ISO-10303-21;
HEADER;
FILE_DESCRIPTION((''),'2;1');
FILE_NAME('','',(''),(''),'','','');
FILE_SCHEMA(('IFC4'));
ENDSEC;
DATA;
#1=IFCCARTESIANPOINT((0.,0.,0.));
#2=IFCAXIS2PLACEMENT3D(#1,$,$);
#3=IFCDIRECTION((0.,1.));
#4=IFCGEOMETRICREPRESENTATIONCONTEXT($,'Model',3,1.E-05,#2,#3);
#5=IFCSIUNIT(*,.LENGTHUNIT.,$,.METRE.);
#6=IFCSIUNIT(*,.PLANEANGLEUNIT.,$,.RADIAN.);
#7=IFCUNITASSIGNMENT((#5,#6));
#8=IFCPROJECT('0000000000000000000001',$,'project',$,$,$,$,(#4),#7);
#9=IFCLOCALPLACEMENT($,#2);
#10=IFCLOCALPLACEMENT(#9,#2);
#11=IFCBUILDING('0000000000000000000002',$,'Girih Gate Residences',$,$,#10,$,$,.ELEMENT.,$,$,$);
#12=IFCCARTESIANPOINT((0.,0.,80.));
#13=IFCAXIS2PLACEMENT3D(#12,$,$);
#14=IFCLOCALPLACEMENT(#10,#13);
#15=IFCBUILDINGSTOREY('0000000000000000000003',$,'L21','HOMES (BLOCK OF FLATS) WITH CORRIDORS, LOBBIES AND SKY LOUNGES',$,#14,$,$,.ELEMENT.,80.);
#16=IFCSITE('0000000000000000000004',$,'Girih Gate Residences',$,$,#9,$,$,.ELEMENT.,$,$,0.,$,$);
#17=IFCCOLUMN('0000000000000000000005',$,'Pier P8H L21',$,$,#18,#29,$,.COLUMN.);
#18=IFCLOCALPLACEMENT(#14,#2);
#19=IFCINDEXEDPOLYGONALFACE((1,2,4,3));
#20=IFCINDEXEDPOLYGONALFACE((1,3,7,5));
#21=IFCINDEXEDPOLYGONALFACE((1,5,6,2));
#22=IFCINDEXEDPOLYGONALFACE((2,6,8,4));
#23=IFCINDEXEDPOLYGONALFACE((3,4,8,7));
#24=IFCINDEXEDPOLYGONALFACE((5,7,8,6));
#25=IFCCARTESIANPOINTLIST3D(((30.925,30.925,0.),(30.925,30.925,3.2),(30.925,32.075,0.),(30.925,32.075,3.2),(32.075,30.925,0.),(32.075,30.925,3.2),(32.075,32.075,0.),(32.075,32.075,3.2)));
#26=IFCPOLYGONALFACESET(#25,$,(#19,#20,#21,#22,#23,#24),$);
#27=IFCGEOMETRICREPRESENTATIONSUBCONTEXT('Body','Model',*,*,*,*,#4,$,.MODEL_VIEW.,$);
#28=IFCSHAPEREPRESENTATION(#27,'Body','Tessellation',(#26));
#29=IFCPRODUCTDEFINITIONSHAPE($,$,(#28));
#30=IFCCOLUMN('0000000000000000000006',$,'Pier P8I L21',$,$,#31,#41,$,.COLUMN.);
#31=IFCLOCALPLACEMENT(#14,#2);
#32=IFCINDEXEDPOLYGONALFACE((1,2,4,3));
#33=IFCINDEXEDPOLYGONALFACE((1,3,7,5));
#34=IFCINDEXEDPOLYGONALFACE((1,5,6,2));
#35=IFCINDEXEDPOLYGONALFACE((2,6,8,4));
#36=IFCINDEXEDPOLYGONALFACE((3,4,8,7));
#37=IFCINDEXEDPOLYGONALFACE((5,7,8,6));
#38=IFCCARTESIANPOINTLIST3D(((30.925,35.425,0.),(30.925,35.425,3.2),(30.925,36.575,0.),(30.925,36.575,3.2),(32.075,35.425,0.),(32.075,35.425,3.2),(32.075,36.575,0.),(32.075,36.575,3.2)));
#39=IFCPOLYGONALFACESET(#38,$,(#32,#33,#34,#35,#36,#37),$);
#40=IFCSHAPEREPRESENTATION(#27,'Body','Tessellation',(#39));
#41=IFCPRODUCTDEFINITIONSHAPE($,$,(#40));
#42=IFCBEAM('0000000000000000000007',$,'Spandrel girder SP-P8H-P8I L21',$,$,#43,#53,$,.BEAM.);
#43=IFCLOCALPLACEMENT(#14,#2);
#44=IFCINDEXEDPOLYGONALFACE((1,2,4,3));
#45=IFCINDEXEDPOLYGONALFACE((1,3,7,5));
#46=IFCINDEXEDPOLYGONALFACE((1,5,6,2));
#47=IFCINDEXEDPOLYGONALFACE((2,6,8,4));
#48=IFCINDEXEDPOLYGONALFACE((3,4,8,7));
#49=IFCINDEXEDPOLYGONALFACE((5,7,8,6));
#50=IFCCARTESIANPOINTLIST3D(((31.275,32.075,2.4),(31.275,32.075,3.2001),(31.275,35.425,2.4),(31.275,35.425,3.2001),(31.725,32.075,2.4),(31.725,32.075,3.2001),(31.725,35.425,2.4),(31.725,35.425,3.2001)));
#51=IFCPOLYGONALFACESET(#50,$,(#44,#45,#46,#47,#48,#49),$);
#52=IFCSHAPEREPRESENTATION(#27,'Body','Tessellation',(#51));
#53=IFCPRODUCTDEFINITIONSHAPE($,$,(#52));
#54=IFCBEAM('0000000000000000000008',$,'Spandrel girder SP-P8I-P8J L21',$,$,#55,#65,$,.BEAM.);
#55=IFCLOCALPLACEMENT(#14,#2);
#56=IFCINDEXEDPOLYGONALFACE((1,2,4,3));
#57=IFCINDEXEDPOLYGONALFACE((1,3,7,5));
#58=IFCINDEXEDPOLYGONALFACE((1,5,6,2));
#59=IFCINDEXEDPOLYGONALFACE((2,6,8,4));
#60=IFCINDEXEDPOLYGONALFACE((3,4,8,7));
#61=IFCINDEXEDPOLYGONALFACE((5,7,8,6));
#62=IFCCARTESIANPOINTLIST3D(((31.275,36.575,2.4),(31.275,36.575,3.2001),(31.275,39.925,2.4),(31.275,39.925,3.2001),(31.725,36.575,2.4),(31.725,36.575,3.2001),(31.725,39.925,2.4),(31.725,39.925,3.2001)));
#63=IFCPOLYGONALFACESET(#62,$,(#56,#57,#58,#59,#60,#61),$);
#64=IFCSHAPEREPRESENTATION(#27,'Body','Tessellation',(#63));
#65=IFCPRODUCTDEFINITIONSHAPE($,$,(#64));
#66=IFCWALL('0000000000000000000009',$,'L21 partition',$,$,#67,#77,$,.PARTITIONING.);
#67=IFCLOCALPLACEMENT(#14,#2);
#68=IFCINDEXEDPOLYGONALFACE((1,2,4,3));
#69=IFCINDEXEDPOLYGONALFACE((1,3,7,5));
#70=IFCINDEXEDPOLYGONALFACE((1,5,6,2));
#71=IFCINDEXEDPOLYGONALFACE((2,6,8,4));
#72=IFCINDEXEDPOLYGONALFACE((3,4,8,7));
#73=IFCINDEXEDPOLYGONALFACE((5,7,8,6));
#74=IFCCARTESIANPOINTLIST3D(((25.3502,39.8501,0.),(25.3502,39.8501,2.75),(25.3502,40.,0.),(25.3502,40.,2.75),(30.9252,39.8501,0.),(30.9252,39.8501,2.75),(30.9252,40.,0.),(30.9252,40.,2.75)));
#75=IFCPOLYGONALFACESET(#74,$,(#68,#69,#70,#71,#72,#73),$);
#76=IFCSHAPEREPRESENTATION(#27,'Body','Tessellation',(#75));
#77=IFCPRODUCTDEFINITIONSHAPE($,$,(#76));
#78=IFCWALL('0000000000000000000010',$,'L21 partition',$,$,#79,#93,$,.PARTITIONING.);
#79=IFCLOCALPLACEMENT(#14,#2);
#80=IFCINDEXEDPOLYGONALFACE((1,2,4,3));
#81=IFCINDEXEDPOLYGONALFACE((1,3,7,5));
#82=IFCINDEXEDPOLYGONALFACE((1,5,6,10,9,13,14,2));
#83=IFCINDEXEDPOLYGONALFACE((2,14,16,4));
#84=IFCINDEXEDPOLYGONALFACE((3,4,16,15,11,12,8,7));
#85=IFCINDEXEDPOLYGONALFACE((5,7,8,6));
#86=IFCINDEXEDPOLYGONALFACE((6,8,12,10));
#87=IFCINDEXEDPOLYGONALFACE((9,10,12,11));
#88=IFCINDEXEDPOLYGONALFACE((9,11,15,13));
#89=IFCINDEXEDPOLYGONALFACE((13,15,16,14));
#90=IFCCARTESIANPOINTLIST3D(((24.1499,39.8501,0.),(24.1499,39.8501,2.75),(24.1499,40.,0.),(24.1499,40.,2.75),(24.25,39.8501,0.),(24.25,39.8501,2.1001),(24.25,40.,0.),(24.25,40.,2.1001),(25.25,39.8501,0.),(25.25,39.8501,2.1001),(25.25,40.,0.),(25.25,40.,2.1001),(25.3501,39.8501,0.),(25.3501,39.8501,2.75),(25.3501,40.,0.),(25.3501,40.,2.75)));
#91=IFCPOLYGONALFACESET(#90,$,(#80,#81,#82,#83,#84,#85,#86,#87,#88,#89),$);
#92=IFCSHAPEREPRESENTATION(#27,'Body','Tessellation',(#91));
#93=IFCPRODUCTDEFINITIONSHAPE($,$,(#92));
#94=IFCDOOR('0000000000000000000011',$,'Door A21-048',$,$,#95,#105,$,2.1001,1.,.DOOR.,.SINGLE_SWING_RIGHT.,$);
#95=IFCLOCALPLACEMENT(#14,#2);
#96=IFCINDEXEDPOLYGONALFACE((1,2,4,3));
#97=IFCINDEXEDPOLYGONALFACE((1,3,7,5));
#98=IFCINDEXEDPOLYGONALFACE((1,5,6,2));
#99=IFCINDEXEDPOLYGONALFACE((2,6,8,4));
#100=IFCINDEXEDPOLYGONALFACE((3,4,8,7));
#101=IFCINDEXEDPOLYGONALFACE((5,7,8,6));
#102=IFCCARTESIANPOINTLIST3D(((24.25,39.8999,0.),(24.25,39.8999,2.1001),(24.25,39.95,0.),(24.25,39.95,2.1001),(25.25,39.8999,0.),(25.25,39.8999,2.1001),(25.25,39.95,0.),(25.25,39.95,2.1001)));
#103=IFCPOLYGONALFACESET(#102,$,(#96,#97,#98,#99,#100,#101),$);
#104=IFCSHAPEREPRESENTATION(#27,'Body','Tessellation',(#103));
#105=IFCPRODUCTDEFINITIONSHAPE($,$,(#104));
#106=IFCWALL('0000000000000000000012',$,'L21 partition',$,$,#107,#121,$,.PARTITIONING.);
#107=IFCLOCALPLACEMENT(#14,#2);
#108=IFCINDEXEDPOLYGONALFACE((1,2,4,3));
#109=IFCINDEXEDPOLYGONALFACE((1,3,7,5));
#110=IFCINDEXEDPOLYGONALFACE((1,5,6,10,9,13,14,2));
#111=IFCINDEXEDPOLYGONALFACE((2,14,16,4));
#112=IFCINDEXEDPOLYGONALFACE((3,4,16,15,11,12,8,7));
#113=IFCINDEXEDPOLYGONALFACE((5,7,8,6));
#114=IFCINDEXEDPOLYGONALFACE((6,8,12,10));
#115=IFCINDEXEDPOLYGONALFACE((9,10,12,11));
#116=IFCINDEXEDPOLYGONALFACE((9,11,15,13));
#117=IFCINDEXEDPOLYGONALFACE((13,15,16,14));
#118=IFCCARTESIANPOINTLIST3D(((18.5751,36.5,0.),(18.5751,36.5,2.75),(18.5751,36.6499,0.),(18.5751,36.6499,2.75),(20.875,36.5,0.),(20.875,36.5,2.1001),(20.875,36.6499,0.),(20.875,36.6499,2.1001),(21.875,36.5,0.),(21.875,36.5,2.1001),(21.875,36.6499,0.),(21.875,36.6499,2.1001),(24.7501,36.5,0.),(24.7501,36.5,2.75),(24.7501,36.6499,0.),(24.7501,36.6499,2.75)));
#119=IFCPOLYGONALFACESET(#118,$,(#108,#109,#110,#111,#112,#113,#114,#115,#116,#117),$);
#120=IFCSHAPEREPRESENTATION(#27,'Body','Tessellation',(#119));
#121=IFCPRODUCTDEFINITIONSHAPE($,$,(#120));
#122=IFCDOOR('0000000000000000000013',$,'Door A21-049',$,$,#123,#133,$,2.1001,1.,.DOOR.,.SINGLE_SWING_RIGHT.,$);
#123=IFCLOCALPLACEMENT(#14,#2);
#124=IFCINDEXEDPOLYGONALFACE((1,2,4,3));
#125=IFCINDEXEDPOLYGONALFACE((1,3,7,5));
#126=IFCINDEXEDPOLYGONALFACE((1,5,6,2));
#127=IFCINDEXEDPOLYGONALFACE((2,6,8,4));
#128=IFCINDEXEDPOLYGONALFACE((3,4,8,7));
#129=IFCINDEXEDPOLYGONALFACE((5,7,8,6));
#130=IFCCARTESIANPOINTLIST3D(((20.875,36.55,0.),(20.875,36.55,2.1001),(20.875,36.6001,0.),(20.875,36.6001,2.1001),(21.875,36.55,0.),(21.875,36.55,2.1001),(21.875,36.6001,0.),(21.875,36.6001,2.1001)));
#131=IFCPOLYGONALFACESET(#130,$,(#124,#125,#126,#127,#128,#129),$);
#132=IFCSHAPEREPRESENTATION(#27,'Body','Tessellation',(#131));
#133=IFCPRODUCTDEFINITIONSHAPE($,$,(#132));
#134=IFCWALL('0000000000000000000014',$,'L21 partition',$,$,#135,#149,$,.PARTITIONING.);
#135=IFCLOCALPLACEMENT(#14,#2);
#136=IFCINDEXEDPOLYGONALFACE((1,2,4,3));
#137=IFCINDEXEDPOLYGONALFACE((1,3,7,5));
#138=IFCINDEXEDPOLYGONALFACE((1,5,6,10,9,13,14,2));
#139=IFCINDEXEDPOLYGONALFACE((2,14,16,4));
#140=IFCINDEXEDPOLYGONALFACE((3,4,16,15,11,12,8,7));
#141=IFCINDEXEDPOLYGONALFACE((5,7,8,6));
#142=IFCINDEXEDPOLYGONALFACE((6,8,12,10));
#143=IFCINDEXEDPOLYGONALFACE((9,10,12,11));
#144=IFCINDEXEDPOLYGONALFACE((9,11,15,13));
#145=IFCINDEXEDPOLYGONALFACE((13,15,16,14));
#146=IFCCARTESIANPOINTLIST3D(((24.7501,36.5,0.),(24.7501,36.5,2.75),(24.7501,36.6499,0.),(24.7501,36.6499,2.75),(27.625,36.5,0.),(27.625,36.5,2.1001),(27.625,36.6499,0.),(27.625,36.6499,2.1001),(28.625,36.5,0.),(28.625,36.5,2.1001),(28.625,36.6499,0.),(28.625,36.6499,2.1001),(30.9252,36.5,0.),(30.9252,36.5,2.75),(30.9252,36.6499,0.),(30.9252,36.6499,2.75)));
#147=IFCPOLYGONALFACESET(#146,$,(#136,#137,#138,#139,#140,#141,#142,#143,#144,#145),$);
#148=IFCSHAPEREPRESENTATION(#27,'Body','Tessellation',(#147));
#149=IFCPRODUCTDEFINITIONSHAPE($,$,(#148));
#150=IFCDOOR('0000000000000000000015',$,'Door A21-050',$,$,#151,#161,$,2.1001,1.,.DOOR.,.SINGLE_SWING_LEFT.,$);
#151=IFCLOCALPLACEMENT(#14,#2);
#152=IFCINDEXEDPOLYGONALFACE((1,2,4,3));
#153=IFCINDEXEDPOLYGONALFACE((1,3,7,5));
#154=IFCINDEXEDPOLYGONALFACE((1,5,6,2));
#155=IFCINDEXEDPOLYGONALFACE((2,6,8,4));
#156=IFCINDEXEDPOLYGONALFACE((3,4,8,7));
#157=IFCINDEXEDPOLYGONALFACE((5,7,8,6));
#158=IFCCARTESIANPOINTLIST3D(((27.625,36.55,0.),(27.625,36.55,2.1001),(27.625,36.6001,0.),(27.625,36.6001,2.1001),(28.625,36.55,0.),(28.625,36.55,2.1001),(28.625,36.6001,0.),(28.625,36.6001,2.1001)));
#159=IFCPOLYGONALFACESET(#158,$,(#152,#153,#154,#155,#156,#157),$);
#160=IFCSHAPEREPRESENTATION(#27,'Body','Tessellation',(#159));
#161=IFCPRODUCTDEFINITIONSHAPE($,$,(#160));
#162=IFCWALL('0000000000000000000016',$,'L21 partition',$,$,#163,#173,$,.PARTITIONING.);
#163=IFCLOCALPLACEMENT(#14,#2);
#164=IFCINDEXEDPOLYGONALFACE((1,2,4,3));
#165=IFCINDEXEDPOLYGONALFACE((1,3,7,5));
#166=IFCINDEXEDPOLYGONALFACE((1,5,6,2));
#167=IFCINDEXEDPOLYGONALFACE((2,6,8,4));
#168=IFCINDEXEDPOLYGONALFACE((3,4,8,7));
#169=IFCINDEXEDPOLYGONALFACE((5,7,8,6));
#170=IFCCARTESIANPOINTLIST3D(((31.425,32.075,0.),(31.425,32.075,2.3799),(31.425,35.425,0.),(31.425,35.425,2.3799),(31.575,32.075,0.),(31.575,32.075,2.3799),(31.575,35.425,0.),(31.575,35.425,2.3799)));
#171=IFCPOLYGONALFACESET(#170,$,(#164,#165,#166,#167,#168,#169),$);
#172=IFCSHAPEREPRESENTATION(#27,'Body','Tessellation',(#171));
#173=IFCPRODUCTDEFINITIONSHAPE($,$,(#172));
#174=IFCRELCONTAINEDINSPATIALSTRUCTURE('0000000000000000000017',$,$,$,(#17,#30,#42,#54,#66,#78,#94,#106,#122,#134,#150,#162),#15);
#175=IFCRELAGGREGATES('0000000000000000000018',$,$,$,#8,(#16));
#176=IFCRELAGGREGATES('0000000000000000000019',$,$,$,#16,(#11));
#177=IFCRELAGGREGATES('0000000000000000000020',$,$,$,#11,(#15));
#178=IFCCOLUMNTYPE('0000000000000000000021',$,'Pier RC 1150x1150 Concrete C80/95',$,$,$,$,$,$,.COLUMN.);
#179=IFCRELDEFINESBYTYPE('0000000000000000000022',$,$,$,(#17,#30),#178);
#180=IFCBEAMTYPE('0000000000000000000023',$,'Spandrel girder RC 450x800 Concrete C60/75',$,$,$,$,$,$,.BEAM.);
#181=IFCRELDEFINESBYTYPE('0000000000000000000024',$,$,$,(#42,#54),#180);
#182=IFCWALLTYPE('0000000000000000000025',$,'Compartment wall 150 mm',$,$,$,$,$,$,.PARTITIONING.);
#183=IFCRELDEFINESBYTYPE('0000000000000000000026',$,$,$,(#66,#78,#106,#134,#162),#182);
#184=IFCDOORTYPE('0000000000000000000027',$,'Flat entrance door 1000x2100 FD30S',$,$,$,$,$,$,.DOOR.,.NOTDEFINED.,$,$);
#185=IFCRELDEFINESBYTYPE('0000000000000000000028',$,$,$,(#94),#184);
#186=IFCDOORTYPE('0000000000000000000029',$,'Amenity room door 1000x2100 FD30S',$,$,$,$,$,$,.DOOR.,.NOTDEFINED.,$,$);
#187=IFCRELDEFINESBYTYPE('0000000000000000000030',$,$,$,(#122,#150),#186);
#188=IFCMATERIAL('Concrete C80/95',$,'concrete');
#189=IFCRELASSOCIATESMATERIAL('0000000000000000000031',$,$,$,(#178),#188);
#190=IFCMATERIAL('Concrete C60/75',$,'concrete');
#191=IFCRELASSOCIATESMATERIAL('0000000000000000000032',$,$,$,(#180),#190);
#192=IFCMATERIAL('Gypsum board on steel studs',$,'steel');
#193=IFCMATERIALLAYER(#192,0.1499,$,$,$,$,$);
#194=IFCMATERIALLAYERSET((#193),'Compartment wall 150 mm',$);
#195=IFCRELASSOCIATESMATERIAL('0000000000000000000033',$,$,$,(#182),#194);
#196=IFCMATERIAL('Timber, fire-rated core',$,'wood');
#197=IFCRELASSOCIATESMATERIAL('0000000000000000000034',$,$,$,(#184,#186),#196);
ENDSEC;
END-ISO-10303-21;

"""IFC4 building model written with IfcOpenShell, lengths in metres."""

from ifc_helpers import new_model, si_unit, direction, frame, frame_2d, origin, origin_2d, place, context, subcontext, project, spatial, rectangle, extrude, material, layer, layer_set, material_profile, profile_set, type_object, element, fill, save


model = new_model("IFC4")

# Units and contexts
model_context = context("Model", 3, precision=1e-05, world=origin(), true_north=direction((0.0, 1.0)))
body_context = subcontext(model_context, "Body", "Model", "MODEL_VIEW")
ifc_project = project(units=[si_unit("LENGTHUNIT", "METRE"), si_unit("PLANEANGLEUNIT", "RADIAN")], contexts=[model_context])

# Site, building, storey
site_placement = place(None, origin())
site = spatial("IfcSite", under=ifc_project, at=site_placement, Name="Girih Gate Residences", CompositionType="ELEMENT", RefElevation=0.0)
building_placement = place(site_placement, origin())
building = spatial("IfcBuilding", under=site, at=building_placement, Name="Girih Gate Residences", CompositionType="ELEMENT")
storey_placement = place(building_placement, frame((0.0, 0.0, 80.0)))
storey = spatial("IfcBuildingStorey", under=building, at=storey_placement, Name="L21", Description="HOMES (BLOCK OF FLATS) WITH CORRIDORS, LOBBIES AND SKY LOUNGES", CompositionType="ELEMENT", Elevation=80.0)

# Columns
ifc_material_1 = material(Name="Concrete C80/95", Category="concrete")
ifc_material_profile_1 = material_profile(ifc_material_1, rectangle(XDim=1.1499, YDim=1.1499, at=origin_2d()))
ifc_profile_set_1 = profile_set([ifc_material_profile_1], Name="Concrete C80/95")
column_type = type_object("IfcColumnType", Name="Pier RC 1150x1150 Concrete C80/95", PredefinedType="COLUMN", material=ifc_profile_set_1)
for number, where, z_axis, x_axis, name in (
    (1, (31.5, 31.5, 0.0), (0.0, 0.0, 1.0), (1.0, 0.0, 0.0), "Pier P8H L21"),
    (2, (31.5, 36.0, 0.0), (0.0, 0.0, 1.0), (1.0, 0.0, 0.0), "Pier P8I L21"),
):
    element("IfcColumn", number, at=place(storey_placement, frame(where, z_axis=z_axis, x_axis=x_axis)), inside=storey, type_object=column_type, Name=name, PredefinedType="COLUMN", context=body_context, shape_type="SweptSolid", body=[
        extrude(rectangle(XDim=1.1499, YDim=1.1499, at=origin_2d()), origin(), (0.0, 0.0, 1.0), 3.2),
    ])

# Beams
ifc_material_2 = material(Name="Concrete C60/75", Category="concrete")
ifc_material_profile_2 = material_profile(ifc_material_2, rectangle(XDim=0.45, YDim=0.8, at=origin_2d()))
ifc_profile_set_2 = profile_set([ifc_material_profile_2], Name="Concrete C60/75")
beam_type = type_object("IfcBeamType", Name="Spandrel girder RC 450x800 Concrete C60/75", PredefinedType="BEAM", material=ifc_profile_set_2)
for number, where, z_axis, x_axis, name in (
    (3, (31.5, 32.075, 2.8), (0.0, 1.0, 0.0), (-1.0, 0.0, 0.0), "Spandrel girder SP-P8H-P8I L21"),
    (4, (31.5, 36.575, 2.8), (0.0, 1.0, 0.0), (-1.0, 0.0, 0.0), "Spandrel girder SP-P8I-P8J L21"),
):
    element("IfcBeam", number, at=place(storey_placement, frame(where, z_axis=z_axis, x_axis=x_axis)), inside=storey, type_object=beam_type, Name=name, PredefinedType="BEAM", context=body_context, shape_type="SweptSolid", body=[
        extrude(rectangle(XDim=0.45, YDim=0.8, at=origin_2d()), origin(), (0.0, 0.0, 1.0), 3.3501),
    ])

# Wall
ifc_material_3 = material(Name="Gypsum board on steel studs", Category="steel")
ifc_layer_1 = layer(ifc_material_3, 0.1499)
ifc_layer_set_1 = layer_set([ifc_layer_1], Name="Compartment wall 150 mm")
wall_type_1 = type_object("IfcWallType", Name="Compartment wall 150 mm", PredefinedType="PARTITIONING", material=ifc_layer_set_1)
wall_1_placement = place(storey_placement, frame((25.3501, 39.925, 0.0), z_axis=(0.0, 0.0, 1.0), x_axis=(1.0, 0.0, 0.0)))
element("IfcWall", 5, at=wall_1_placement, inside=storey, type_object=wall_type_1, Name="L21 partition", PredefinedType="PARTITIONING", context=body_context, shape_type="SweptSolid", body=[
    extrude(rectangle(XDim=5.575, YDim=0.1499, at=frame_2d((2.7876, 0.0))), origin(), (0.0, 0.0, 1.0), 2.75),
])

# Walls, openings, doors
wall_2_placement = place(storey_placement, frame((24.1499, 39.925, 0.0), z_axis=(0.0, 0.0, 1.0), x_axis=(1.0, 0.0, 0.0)))
wall_2 = element("IfcWall", 6, at=wall_2_placement, inside=storey, type_object=wall_type_1, Name="L21 partition", PredefinedType="PARTITIONING", context=body_context, shape_type="SweptSolid", body=[
    extrude(rectangle(XDim=1.2002, YDim=0.1499, at=frame_2d((0.6001, 0.0))), origin(), (0.0, 0.0, 1.0), 2.75),
])
opening_1_placement = place(wall_2_placement, frame((0.1001, 0.0, 0.0)))
opening_1 = element("IfcOpeningElement", 7, at=opening_1_placement, cuts=wall_2, PredefinedType="OPENING", context=body_context, shape_type="SweptSolid", body=[
    extrude(rectangle(XDim=1.0, YDim=2.1001, at=frame_2d((0.5, 1.05))), frame((0.0, 0.085, 0.0), z_axis=(0.0, -1.0, 0.0), x_axis=(1.0, 0.0, 0.0)), (0.0, 0.0, 1.0), 0.1699),
])
ifc_material_4 = material(Name="Timber, fire-rated core", Category="wood")
door_type_1 = type_object("IfcDoorType", Name="Flat entrance door 1000x2100 FD30S", OperationType="NOTDEFINED", PredefinedType="DOOR", material=ifc_material_4)
door_1_placement = place(opening_1_placement, origin())
door_1 = element("IfcDoor", 8, at=door_1_placement, inside=storey, type_object=door_type_1, Name="Door A21-048", OperationType="SINGLE_SWING_RIGHT", OverallHeight=2.1001, OverallWidth=1.0, PredefinedType="DOOR", context=body_context, shape_type="SweptSolid", body=[
    extrude(rectangle(XDim=1.0, YDim=2.1001, at=frame_2d((0.5, 1.05))), frame((0.0, 0.0249, 0.0), z_axis=(0.0, -1.0, 0.0), x_axis=(1.0, 0.0, 0.0)), (0.0, 0.0, 1.0), 0.05),
])
fill(opening_1, door_1)
wall_3_placement = place(storey_placement, frame((24.75, 36.575, 0.0), z_axis=(0.0, 0.0, 1.0), x_axis=(-1.0, 0.0, 0.0)))
wall_3 = element("IfcWall", 9, at=wall_3_placement, inside=storey, type_object=wall_type_1, Name="L21 partition", PredefinedType="PARTITIONING", context=body_context, shape_type="SweptSolid", body=[
    extrude(rectangle(XDim=6.175, YDim=0.1499, at=frame_2d((3.0874, 0.0))), origin(), (0.0, 0.0, 1.0), 2.75),
])
opening_2_placement = place(wall_3_placement, frame((2.875, 0.0, 0.0)))
opening_2 = element("IfcOpeningElement", 10, at=opening_2_placement, cuts=wall_3, PredefinedType="OPENING", context=body_context, shape_type="SweptSolid", body=[
    extrude(rectangle(XDim=1.0, YDim=2.1001, at=frame_2d((0.5, 1.05))), frame((0.0, 0.085, 0.0), z_axis=(0.0, -1.0, 0.0), x_axis=(1.0, 0.0, 0.0)), (0.0, 0.0, 1.0), 0.1699),
])
door_type_2 = type_object("IfcDoorType", Name="Amenity room door 1000x2100 FD30S", OperationType="NOTDEFINED", PredefinedType="DOOR", material=ifc_material_4)
door_2_placement = place(opening_2_placement, origin())
door_2 = element("IfcDoor", 11, at=door_2_placement, inside=storey, type_object=door_type_2, Name="Door A21-049", OperationType="SINGLE_SWING_RIGHT", OverallHeight=2.1001, OverallWidth=1.0, PredefinedType="DOOR", context=body_context, shape_type="SweptSolid", body=[
    extrude(rectangle(XDim=1.0, YDim=2.1001, at=frame_2d((0.5, 1.05))), frame((0.0, 0.0249, 0.0), z_axis=(0.0, -1.0, 0.0), x_axis=(1.0, 0.0, 0.0)), (0.0, 0.0, 1.0), 0.05),
])
fill(opening_2, door_2)
wall_4_placement = place(storey_placement, frame((30.925, 36.575, 0.0), z_axis=(0.0, 0.0, 1.0), x_axis=(-1.0, 0.0, 0.0)))
wall_4 = element("IfcWall", 12, at=wall_4_placement, inside=storey, type_object=wall_type_1, Name="L21 partition", PredefinedType="PARTITIONING", context=body_context, shape_type="SweptSolid", body=[
    extrude(rectangle(XDim=6.175, YDim=0.1499, at=frame_2d((3.0874, 0.0))), origin(), (0.0, 0.0, 1.0), 2.75),
])
opening_3_placement = place(wall_4_placement, frame((2.3, 0.0, 0.0)))
opening_3 = element("IfcOpeningElement", 13, at=opening_3_placement, cuts=wall_4, PredefinedType="OPENING", context=body_context, shape_type="SweptSolid", body=[
    extrude(rectangle(XDim=1.0, YDim=2.1001, at=frame_2d((0.5, 1.05))), frame((0.0, 0.085, 0.0), z_axis=(0.0, -1.0, 0.0), x_axis=(1.0, 0.0, 0.0)), (0.0, 0.0, 1.0), 0.1699),
])
door_3_placement = place(opening_3_placement, origin())
door_3 = element("IfcDoor", 14, at=door_3_placement, inside=storey, type_object=door_type_2, Name="Door A21-050", OperationType="SINGLE_SWING_LEFT", OverallHeight=2.1001, OverallWidth=1.0, PredefinedType="DOOR", context=body_context, shape_type="SweptSolid", body=[
    extrude(rectangle(XDim=1.0, YDim=2.1001, at=frame_2d((0.5, 1.05))), frame((0.0, 0.0249, 0.0), z_axis=(0.0, -1.0, 0.0), x_axis=(1.0, 0.0, 0.0)), (0.0, 0.0, 1.0), 0.05),
])
fill(opening_3, door_3)

# Wall
wall_5_placement = place(storey_placement, frame((31.5, 32.075, 0.0), z_axis=(0.0, 0.0, 1.0), x_axis=(0.0, 1.0, 0.0)))
element("IfcWall", 15, at=wall_5_placement, inside=storey, type_object=wall_type_1, Name="L21 partition", PredefinedType="PARTITIONING", context=body_context, shape_type="SweptSolid", body=[
    extrude(rectangle(XDim=3.3501, YDim=0.1499, at=frame_2d((1.675, 0.0))), origin(), (0.0, 0.0, 1.0), 2.3799),
])

save(model, "model.ifc")
